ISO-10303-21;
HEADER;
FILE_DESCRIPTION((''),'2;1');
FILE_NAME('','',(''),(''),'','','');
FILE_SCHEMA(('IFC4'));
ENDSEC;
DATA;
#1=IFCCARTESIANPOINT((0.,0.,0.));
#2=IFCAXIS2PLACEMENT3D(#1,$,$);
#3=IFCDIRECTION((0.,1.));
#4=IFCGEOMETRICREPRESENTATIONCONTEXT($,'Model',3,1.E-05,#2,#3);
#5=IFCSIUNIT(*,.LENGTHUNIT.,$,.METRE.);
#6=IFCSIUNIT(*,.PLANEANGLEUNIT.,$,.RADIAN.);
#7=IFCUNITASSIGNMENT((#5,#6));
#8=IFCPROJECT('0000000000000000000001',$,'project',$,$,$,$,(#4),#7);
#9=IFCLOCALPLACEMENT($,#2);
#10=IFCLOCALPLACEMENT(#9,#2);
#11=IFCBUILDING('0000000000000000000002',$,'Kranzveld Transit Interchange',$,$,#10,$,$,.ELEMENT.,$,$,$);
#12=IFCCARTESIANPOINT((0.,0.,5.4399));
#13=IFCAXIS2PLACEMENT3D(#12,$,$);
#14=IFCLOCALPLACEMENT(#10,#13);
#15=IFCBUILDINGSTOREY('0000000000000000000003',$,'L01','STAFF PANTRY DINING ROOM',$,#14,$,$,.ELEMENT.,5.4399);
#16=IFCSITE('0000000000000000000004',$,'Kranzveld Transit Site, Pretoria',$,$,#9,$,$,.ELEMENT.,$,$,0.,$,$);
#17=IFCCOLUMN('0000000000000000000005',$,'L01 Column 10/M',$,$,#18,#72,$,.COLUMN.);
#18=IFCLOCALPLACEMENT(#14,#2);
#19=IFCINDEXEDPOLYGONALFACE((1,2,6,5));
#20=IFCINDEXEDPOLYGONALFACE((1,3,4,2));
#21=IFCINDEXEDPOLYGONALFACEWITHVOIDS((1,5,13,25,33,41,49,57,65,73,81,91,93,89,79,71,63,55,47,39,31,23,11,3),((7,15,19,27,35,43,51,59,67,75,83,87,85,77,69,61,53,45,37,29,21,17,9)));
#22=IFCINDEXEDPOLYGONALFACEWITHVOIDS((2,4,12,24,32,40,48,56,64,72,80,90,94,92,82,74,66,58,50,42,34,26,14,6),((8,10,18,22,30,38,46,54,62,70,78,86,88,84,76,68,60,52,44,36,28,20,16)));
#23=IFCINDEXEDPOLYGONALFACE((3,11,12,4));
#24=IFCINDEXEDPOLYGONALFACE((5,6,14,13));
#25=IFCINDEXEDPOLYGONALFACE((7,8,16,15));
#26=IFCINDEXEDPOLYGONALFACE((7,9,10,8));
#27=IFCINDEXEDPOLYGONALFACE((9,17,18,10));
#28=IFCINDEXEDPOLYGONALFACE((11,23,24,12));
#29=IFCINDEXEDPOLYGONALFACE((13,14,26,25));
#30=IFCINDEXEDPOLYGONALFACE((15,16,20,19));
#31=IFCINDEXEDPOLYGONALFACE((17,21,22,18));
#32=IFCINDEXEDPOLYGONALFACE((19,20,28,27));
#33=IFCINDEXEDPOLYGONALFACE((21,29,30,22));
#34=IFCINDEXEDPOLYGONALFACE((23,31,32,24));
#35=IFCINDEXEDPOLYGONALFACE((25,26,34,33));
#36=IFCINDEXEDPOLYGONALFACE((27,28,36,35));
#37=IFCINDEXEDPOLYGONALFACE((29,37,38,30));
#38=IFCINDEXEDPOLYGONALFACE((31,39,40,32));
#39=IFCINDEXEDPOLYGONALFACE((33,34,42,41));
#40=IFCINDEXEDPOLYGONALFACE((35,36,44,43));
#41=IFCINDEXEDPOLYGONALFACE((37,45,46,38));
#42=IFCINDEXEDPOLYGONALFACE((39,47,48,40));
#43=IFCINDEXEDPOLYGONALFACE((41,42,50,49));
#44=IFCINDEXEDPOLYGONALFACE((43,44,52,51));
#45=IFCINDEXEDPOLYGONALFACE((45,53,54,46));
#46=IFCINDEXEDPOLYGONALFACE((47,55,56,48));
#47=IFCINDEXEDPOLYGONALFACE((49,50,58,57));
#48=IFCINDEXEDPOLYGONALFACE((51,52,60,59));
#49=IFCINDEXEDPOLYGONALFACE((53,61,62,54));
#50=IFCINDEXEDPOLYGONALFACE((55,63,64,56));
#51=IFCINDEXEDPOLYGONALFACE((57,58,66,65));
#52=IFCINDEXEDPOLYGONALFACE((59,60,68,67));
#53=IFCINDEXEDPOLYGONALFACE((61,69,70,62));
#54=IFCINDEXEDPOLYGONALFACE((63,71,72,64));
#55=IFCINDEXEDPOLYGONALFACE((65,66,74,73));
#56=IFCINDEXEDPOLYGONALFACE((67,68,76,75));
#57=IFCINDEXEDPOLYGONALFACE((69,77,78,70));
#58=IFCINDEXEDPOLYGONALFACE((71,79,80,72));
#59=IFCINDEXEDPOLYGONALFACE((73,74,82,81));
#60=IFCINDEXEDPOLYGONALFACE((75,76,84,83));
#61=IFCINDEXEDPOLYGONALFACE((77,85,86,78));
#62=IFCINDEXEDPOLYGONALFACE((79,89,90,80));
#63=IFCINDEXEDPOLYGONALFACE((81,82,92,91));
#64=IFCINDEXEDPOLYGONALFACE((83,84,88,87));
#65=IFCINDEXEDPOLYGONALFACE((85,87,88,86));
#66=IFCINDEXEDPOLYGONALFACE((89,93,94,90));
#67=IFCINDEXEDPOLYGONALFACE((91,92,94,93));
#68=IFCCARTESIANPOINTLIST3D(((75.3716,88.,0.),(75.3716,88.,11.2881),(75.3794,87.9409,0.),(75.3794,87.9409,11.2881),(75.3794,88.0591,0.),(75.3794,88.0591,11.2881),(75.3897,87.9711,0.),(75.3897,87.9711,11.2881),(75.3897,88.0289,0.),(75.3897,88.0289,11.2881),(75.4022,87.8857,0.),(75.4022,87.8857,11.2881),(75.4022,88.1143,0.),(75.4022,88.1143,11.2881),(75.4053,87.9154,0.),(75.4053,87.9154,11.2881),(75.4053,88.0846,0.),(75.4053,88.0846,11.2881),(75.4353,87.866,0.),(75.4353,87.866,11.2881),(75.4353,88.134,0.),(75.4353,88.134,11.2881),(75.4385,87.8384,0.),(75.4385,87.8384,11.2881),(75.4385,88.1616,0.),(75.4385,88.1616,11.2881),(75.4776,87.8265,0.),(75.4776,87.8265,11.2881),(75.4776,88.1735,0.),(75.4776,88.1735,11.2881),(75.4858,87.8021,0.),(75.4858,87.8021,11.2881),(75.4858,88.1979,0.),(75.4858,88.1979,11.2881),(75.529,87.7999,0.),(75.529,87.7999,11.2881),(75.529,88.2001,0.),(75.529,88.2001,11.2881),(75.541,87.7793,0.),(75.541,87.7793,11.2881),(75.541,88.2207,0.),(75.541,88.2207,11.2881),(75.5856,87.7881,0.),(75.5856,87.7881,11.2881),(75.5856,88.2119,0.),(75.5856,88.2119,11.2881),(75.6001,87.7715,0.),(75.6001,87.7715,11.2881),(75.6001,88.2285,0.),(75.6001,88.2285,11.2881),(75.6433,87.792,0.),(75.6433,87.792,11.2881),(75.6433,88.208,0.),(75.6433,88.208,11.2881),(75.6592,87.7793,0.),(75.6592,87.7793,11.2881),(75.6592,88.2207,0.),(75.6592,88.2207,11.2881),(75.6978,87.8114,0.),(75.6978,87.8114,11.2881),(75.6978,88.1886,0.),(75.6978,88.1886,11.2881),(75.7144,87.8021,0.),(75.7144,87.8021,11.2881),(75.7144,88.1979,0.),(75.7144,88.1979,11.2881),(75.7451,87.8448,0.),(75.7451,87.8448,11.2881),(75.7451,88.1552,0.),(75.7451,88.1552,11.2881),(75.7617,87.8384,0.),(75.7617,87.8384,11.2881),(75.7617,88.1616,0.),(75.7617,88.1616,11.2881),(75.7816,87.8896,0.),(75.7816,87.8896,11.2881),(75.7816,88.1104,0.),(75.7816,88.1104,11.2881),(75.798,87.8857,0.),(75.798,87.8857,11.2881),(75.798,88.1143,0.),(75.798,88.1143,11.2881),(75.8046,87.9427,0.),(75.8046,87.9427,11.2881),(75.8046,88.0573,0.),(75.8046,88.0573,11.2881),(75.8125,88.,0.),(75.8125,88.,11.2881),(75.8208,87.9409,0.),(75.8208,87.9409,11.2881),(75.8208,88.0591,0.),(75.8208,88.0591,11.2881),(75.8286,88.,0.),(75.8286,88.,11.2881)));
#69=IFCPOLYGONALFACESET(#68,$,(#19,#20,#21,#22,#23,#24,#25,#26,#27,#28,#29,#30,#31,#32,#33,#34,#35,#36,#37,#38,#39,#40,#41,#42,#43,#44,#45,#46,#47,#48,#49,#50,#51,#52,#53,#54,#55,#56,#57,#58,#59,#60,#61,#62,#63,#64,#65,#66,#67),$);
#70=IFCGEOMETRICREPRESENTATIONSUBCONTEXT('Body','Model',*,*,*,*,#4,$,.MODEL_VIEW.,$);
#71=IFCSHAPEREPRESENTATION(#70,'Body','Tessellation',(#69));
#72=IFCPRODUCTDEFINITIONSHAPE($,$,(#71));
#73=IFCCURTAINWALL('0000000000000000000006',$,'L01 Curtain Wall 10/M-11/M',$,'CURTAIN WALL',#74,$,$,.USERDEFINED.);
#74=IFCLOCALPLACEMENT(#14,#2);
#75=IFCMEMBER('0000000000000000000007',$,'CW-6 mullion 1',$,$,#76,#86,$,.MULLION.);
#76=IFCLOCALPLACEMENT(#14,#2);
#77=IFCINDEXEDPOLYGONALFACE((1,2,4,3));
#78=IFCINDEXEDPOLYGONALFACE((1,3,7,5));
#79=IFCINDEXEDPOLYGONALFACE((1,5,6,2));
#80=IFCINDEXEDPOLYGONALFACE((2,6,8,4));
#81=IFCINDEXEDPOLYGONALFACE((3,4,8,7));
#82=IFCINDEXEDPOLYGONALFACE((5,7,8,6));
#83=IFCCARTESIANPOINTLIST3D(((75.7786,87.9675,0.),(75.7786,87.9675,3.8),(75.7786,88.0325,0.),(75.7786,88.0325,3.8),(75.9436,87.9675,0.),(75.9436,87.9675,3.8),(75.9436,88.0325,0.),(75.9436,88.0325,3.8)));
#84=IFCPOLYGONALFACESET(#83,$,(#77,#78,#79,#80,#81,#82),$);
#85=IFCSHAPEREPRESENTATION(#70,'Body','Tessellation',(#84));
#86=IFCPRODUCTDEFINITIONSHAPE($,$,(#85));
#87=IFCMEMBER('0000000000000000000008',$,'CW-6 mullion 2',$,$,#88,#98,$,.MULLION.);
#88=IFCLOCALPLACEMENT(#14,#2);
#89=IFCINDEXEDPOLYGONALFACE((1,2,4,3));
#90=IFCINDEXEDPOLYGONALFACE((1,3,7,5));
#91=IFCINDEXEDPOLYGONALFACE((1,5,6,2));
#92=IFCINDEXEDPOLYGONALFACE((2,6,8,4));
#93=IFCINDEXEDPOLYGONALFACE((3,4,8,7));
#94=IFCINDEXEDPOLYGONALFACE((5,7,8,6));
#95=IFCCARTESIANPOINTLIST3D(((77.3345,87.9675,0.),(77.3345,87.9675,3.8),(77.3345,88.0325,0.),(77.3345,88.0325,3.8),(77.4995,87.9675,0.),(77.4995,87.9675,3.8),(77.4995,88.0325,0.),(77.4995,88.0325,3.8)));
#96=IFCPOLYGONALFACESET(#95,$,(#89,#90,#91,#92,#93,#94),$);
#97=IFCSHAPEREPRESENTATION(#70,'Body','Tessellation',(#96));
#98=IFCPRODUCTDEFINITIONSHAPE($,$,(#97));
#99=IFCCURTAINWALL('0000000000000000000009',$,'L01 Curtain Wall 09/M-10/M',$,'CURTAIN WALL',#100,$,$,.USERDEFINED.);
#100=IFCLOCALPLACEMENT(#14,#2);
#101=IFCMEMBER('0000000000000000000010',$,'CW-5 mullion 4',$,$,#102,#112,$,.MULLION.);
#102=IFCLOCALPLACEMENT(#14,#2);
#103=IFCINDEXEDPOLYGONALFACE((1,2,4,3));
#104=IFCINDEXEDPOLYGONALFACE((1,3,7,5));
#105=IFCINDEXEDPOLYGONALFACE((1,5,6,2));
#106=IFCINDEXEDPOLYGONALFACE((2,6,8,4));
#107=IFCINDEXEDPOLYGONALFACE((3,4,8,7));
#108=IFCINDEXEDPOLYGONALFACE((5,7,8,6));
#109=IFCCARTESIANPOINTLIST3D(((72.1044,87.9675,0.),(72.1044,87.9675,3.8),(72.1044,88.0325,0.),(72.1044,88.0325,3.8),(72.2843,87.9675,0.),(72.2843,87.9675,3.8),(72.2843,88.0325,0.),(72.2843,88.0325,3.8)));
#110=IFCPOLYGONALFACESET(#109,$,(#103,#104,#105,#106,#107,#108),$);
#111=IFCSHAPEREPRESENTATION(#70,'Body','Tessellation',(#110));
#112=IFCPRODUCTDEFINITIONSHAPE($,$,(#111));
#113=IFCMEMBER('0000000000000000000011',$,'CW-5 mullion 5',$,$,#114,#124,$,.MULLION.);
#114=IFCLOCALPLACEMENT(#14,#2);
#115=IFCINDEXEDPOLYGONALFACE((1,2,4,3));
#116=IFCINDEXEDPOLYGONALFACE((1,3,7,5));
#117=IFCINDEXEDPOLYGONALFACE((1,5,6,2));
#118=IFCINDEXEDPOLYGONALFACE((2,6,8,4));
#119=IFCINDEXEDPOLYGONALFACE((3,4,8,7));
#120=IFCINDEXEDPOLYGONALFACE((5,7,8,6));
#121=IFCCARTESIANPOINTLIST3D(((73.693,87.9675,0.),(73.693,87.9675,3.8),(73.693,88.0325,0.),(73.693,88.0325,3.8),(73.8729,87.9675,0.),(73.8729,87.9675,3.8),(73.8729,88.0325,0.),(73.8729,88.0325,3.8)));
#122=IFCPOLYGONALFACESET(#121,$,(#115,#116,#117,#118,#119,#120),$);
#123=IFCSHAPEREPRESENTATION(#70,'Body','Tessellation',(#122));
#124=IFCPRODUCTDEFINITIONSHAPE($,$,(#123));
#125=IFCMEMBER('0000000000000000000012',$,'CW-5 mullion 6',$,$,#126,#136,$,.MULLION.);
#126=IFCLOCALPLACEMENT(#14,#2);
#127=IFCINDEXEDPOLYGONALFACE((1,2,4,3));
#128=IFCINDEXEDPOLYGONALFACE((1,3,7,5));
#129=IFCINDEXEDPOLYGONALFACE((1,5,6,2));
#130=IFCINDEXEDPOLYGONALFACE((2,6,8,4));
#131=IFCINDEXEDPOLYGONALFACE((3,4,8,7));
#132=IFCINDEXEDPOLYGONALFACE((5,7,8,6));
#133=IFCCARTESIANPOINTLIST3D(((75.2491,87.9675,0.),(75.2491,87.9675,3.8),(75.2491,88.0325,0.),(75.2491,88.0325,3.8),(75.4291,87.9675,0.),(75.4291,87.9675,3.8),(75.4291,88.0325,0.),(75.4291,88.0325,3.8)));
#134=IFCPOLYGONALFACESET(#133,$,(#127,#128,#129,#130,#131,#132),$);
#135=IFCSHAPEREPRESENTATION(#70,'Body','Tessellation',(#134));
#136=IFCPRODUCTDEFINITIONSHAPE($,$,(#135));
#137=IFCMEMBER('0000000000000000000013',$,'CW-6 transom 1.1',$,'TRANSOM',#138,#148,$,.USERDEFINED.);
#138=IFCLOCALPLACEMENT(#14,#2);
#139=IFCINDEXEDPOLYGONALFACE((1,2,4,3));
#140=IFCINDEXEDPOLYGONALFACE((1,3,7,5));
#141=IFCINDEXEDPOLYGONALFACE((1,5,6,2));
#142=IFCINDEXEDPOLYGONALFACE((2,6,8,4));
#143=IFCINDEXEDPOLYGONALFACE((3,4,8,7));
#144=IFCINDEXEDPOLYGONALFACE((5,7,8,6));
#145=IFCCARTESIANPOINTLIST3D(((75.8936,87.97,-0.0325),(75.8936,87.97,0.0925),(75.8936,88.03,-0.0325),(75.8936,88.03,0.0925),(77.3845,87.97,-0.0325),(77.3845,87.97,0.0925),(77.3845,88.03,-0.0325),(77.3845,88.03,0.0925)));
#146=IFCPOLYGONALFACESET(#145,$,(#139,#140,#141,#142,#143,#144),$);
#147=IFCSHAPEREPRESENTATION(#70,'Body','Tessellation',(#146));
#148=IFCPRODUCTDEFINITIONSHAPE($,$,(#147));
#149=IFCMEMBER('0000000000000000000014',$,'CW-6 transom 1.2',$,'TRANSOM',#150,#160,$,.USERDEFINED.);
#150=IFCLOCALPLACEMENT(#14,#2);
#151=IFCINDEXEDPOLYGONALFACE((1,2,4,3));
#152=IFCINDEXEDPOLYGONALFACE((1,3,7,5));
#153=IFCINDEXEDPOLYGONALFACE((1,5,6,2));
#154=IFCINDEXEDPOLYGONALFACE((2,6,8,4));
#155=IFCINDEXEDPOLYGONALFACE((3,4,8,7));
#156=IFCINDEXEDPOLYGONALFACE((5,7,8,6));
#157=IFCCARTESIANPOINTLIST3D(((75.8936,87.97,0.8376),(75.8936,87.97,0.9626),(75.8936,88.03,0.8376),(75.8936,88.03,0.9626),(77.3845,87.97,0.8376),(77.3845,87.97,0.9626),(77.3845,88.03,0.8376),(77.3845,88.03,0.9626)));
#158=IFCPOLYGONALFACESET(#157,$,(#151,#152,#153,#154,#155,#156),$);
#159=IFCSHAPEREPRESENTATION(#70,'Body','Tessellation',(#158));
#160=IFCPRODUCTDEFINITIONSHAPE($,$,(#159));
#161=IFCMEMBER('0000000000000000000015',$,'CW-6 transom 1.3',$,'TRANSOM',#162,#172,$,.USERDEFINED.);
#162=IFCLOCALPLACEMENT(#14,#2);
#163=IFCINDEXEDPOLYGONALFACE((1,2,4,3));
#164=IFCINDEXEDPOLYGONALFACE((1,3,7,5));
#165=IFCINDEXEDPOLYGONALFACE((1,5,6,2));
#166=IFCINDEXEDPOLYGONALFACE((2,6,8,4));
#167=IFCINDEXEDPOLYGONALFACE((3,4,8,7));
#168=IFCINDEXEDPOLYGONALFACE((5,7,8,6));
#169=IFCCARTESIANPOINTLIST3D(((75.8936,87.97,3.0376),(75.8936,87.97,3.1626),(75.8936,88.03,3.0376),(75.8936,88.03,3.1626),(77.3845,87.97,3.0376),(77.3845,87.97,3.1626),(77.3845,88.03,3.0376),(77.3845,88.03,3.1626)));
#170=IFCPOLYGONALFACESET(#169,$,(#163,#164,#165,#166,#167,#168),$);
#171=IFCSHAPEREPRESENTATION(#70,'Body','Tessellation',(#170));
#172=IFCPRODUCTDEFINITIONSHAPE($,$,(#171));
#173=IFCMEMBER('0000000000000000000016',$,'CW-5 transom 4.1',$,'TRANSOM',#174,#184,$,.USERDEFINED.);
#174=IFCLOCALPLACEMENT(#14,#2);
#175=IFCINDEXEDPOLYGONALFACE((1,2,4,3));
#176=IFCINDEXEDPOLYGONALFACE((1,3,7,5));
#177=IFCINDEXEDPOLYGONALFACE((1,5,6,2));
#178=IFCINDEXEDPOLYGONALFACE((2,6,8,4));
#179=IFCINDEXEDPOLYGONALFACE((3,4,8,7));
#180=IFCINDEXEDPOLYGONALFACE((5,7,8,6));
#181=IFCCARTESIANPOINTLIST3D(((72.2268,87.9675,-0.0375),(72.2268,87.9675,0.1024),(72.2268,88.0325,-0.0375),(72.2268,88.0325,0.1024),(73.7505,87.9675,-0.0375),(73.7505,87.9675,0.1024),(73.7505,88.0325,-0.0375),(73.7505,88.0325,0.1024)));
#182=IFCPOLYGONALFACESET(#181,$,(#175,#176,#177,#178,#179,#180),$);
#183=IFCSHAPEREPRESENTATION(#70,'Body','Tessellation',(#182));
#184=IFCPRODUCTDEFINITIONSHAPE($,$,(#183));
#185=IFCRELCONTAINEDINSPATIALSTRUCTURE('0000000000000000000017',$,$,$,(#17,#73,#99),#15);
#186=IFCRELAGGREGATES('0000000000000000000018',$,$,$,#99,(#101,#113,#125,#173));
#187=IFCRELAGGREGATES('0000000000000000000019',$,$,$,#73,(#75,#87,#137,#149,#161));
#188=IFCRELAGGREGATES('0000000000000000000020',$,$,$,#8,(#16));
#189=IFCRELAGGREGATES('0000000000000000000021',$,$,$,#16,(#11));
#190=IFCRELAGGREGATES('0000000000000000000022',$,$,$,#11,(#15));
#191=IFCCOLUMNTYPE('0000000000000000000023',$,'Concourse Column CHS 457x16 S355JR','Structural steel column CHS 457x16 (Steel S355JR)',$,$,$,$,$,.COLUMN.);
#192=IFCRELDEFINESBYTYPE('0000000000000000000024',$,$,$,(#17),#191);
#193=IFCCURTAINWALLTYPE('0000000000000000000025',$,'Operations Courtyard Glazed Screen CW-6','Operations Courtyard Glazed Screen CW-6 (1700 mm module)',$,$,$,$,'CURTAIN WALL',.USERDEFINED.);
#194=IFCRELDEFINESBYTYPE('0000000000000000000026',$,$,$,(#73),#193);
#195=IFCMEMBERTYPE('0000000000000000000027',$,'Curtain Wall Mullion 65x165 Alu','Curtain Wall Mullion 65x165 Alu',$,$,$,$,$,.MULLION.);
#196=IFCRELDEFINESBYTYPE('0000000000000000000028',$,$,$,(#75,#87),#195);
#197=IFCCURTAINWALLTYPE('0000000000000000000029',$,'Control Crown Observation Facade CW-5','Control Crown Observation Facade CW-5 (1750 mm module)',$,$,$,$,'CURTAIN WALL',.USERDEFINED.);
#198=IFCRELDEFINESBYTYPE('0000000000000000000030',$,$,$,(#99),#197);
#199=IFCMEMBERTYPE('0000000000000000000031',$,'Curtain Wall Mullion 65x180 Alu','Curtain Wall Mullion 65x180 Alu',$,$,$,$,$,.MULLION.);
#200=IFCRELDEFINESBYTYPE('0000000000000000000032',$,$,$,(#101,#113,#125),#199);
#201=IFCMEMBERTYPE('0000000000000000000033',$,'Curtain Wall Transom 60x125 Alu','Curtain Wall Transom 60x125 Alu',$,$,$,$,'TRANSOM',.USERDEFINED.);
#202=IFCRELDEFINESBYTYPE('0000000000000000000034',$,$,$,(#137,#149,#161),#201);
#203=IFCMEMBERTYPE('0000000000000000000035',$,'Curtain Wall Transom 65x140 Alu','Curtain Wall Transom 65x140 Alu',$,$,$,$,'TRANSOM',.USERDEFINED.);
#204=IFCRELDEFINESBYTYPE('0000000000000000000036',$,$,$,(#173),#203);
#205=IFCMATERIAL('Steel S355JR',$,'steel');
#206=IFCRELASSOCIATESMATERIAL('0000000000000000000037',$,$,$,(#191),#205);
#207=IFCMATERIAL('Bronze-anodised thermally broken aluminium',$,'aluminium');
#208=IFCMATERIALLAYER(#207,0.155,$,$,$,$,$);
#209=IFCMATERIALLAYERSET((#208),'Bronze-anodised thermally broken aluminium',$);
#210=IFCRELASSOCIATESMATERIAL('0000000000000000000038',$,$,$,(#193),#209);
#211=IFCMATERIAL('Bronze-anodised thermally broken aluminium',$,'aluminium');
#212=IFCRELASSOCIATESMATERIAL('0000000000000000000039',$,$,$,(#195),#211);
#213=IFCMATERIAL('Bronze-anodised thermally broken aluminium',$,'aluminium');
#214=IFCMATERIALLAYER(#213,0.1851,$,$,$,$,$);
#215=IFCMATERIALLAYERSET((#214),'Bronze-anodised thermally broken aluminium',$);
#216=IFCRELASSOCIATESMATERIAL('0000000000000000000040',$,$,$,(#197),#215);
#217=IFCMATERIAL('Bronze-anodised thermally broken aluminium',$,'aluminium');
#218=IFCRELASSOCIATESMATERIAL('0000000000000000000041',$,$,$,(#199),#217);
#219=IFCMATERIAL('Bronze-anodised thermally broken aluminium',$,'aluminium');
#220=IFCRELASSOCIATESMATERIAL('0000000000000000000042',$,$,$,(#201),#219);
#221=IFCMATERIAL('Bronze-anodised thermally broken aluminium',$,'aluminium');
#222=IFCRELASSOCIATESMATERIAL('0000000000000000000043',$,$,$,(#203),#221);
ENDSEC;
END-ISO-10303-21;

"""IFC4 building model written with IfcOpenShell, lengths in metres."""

from ifc_helpers import new_model, si_unit, direction, frame, origin, origin_2d, place, context, subcontext, project, spatial, rectangle, hollow_circle, extrude, material, layer, layer_set, material_profile, profile_set, type_object, element, aggregate, save


model = new_model("IFC4")

# Units and contexts
model_context = context("Model", 3, precision=1e-05, world=origin(), true_north=direction((0.0, 1.0)))
body_context = subcontext(model_context, "Body", "Model", "MODEL_VIEW")
ifc_project = project(units=[si_unit("LENGTHUNIT", "METRE"), si_unit("PLANEANGLEUNIT", "RADIAN")], contexts=[model_context])

# Site, building, storey
site_placement = place(None, origin())
site = spatial("IfcSite", under=ifc_project, at=site_placement, Name="Kranzveld Transit Site, Pretoria", CompositionType="ELEMENT", RefElevation=0.0)
building_placement = place(site_placement, origin())
building = spatial("IfcBuilding", under=site, at=building_placement, Name="Kranzveld Transit Interchange", CompositionType="ELEMENT")
storey_placement = place(building_placement, frame((0.0, 0.0, 5.4399)))
storey = spatial("IfcBuildingStorey", under=building, at=storey_placement, Name="L01", Description="STAFF PANTRY DINING ROOM", CompositionType="ELEMENT", Elevation=5.4399)

# Column
ifc_material_1 = material(Name="Steel S355JR", Category="steel")
ifc_material_profile_1 = material_profile(ifc_material_1, hollow_circle(Radius=0.2285, WallThickness=0.0161, at=origin_2d()), Name="CHS 457x16")
ifc_profile_set_1 = profile_set([ifc_material_profile_1], Name="Steel S355JR")
column_type = type_object("IfcColumnType", Name="Concourse Column CHS 457x16 S355JR", Description="Structural steel column CHS 457x16 (Steel S355JR)", PredefinedType="COLUMN", material=ifc_profile_set_1)
column_placement = place(storey_placement, frame((75.6001, 88.0, 0.0), z_axis=(0.0, 0.0, 1.0), x_axis=(1.0, 0.0, 0.0)))
element("IfcColumn", 1, at=column_placement, inside=storey, type_object=column_type, Name="L01 Column 10/M", PredefinedType="COLUMN", context=body_context, shape_type="SweptSolid", body=[
    extrude(hollow_circle(Radius=0.2285, WallThickness=0.0161, at=origin_2d()), origin(), (0.0, 0.0, 1.0), 11.2881),
])

# Curtain walls, members
ifc_material_2 = material(Name="Bronze-anodised thermally broken aluminium", Category="aluminium")
ifc_layer_1 = layer(ifc_material_2, 0.155)
ifc_layer_set_1 = layer_set([ifc_layer_1], Name="Bronze-anodised thermally broken aluminium")
curtain_wall_type_1 = type_object("IfcCurtainWallType", Name="Operations Courtyard Glazed Screen CW-6", Description="Operations Courtyard Glazed Screen CW-6 (1700 mm module)", ElementType="CURTAIN WALL", PredefinedType="USERDEFINED", material=ifc_layer_set_1)
curtain_wall_1_placement = place(storey_placement, origin())
curtain_wall_1 = element("IfcCurtainWall", 2, at=curtain_wall_1_placement, inside=storey, type_object=curtain_wall_type_1, Name="L01 Curtain Wall 10/M-11/M", ObjectType="CURTAIN WALL", PredefinedType="USERDEFINED")
ifc_material_3 = material(Name="Bronze-anodised thermally broken aluminium", Category="aluminium")
ifc_material_profile_2 = material_profile(ifc_material_3, rectangle(XDim=0.0649, YDim=0.165, at=origin_2d()), Name="ALU MULLION 65x165")
ifc_profile_set_2 = profile_set([ifc_material_profile_2], Name="Bronze-anodised thermally broken aluminium")
member_type_1 = type_object("IfcMemberType", Name="Curtain Wall Mullion 65x165 Alu", Description="Curtain Wall Mullion 65x165 Alu", PredefinedType="MULLION", material=ifc_profile_set_2)
member_1_placement = place(storey_placement, frame((75.8611, 88.0, 0.0), z_axis=(0.0, 0.0, 1.0), x_axis=(0.0, 1.0, 0.0)))
member_1 = element("IfcMember", 3, at=member_1_placement, type_object=member_type_1, Name="CW-6 mullion 1", PredefinedType="MULLION", context=body_context, shape_type="SweptSolid", body=[
    extrude(rectangle(XDim=0.0649, YDim=0.165, at=origin_2d()), origin(), (0.0, 0.0, 1.0), 3.8),
])
member_2_placement = place(storey_placement, frame((77.417, 88.0, 0.0), z_axis=(0.0, 0.0, 1.0), x_axis=(0.0, 1.0, 0.0)))
member_2 = element("IfcMember", 4, at=member_2_placement, type_object=member_type_1, Name="CW-6 mullion 2", PredefinedType="MULLION", context=body_context, shape_type="SweptSolid", body=[
    extrude(rectangle(XDim=0.0649, YDim=0.165, at=origin_2d()), origin(), (0.0, 0.0, 1.0), 3.8),
])
ifc_material_4 = material(Name="Bronze-anodised thermally broken aluminium", Category="aluminium")
ifc_layer_2 = layer(ifc_material_4, 0.1851)
ifc_layer_set_2 = layer_set([ifc_layer_2], Name="Bronze-anodised thermally broken aluminium")
curtain_wall_type_2 = type_object("IfcCurtainWallType", Name="Control Crown Observation Facade CW-5", Description="Control Crown Observation Facade CW-5 (1750 mm module)", ElementType="CURTAIN WALL", PredefinedType="USERDEFINED", material=ifc_layer_set_2)
curtain_wall_2_placement = place(storey_placement, origin())
curtain_wall_2 = element("IfcCurtainWall", 5, at=curtain_wall_2_placement, inside=storey, type_object=curtain_wall_type_2, Name="L01 Curtain Wall 09/M-10/M", ObjectType="CURTAIN WALL", PredefinedType="USERDEFINED")
ifc_material_5 = material(Name="Bronze-anodised thermally broken aluminium", Category="aluminium")
ifc_material_profile_3 = material_profile(ifc_material_5, rectangle(XDim=0.0649, YDim=0.1799, at=origin_2d()), Name="ALU MULLION 65x180")
ifc_profile_set_3 = profile_set([ifc_material_profile_3], Name="Bronze-anodised thermally broken aluminium")
member_type_2 = type_object("IfcMemberType", Name="Curtain Wall Mullion 65x180 Alu", Description="Curtain Wall Mullion 65x180 Alu", PredefinedType="MULLION", material=ifc_profile_set_3)
member_3_placement = place(storey_placement, frame((72.1943, 88.0, 0.0), z_axis=(0.0, 0.0, 1.0), x_axis=(0.0, 1.0, 0.0)))
member_3 = element("IfcMember", 6, at=member_3_placement, type_object=member_type_2, Name="CW-5 mullion 4", PredefinedType="MULLION", context=body_context, shape_type="SweptSolid", body=[
    extrude(rectangle(XDim=0.0649, YDim=0.1799, at=origin_2d()), origin(), (0.0, 0.0, 1.0), 3.8),
])
member_4_placement = place(storey_placement, frame((73.783, 88.0, 0.0), z_axis=(0.0, 0.0, 1.0), x_axis=(0.0, 1.0, 0.0)))
member_4 = element("IfcMember", 7, at=member_4_placement, type_object=member_type_2, Name="CW-5 mullion 5", PredefinedType="MULLION", context=body_context, shape_type="SweptSolid", body=[
    extrude(rectangle(XDim=0.0649, YDim=0.1799, at=origin_2d()), origin(), (0.0, 0.0, 1.0), 3.8),
])
member_5_placement = place(storey_placement, frame((75.3391, 88.0, 0.0), z_axis=(0.0, 0.0, 1.0), x_axis=(0.0, 1.0, 0.0)))
member_5 = element("IfcMember", 8, at=member_5_placement, type_object=member_type_2, Name="CW-5 mullion 6", PredefinedType="MULLION", context=body_context, shape_type="SweptSolid", body=[
    extrude(rectangle(XDim=0.0649, YDim=0.1799, at=origin_2d()), origin(), (0.0, 0.0, 1.0), 3.8),
])

# Members
ifc_material_6 = material(Name="Bronze-anodised thermally broken aluminium", Category="aluminium")
ifc_material_profile_4 = material_profile(ifc_material_6, rectangle(XDim=0.0601, YDim=0.125, at=origin_2d()), Name="ALU TRANSOM 60x125")
ifc_profile_set_4 = profile_set([ifc_material_profile_4], Name="Bronze-anodised thermally broken aluminium")
member_type_3 = type_object("IfcMemberType", Name="Curtain Wall Transom 60x125 Alu", Description="Curtain Wall Transom 60x125 Alu", ElementType="TRANSOM", PredefinedType="USERDEFINED", material=ifc_profile_set_4)
member_6_placement = place(storey_placement, frame((75.8936, 88.0, 0.03), z_axis=(1.0, 0.0, 0.0), x_axis=(0.0, 1.0, 0.0)))
member_6 = element("IfcMember", 9, at=member_6_placement, type_object=member_type_3, Name="CW-6 transom 1.1", ObjectType="TRANSOM", PredefinedType="USERDEFINED", context=body_context, shape_type="SweptSolid", body=[
    extrude(rectangle(XDim=0.0601, YDim=0.125, at=origin_2d()), origin(), (0.0, 0.0, 1.0), 1.491),
])
member_7_placement = place(storey_placement, frame((75.8936, 88.0, 0.9001), z_axis=(1.0, 0.0, 0.0), x_axis=(0.0, 1.0, 0.0)))
member_7 = element("IfcMember", 10, at=member_7_placement, type_object=member_type_3, Name="CW-6 transom 1.2", ObjectType="TRANSOM", PredefinedType="USERDEFINED", context=body_context, shape_type="SweptSolid", body=[
    extrude(rectangle(XDim=0.0601, YDim=0.125, at=origin_2d()), origin(), (0.0, 0.0, 1.0), 1.491),
])
member_8_placement = place(storey_placement, frame((75.8936, 88.0, 3.1001), z_axis=(1.0, 0.0, 0.0), x_axis=(0.0, 1.0, 0.0)))
member_8 = element("IfcMember", 11, at=member_8_placement, type_object=member_type_3, Name="CW-6 transom 1.3", ObjectType="TRANSOM", PredefinedType="USERDEFINED", context=body_context, shape_type="SweptSolid", body=[
    extrude(rectangle(XDim=0.0601, YDim=0.125, at=origin_2d()), origin(), (0.0, 0.0, 1.0), 1.491),
])
ifc_material_7 = material(Name="Bronze-anodised thermally broken aluminium", Category="aluminium")
ifc_material_profile_5 = material_profile(ifc_material_7, rectangle(XDim=0.0649, YDim=0.1399, at=origin_2d()), Name="ALU TRANSOM 65x140")
ifc_profile_set_5 = profile_set([ifc_material_profile_5], Name="Bronze-anodised thermally broken aluminium")
member_type_4 = type_object("IfcMemberType", Name="Curtain Wall Transom 65x140 Alu", Description="Curtain Wall Transom 65x140 Alu", ElementType="TRANSOM", PredefinedType="USERDEFINED", material=ifc_profile_set_5)
member_9_placement = place(storey_placement, frame((72.2268, 88.0, 0.0325), z_axis=(1.0, 0.0, 0.0), x_axis=(0.0, 1.0, 0.0)))
member_9 = element("IfcMember", 12, at=member_9_placement, type_object=member_type_4, Name="CW-5 transom 4.1", ObjectType="TRANSOM", PredefinedType="USERDEFINED", context=body_context, shape_type="SweptSolid", body=[
    extrude(rectangle(XDim=0.0649, YDim=0.1399, at=origin_2d()), origin(), (0.0, 0.0, 1.0), 1.5237),
])

aggregate(curtain_wall_2, [member_3, member_4, member_5, member_9])
aggregate(curtain_wall_1, [member_1, member_2, member_6, member_7, member_8])

save(model, "model.ifc")
